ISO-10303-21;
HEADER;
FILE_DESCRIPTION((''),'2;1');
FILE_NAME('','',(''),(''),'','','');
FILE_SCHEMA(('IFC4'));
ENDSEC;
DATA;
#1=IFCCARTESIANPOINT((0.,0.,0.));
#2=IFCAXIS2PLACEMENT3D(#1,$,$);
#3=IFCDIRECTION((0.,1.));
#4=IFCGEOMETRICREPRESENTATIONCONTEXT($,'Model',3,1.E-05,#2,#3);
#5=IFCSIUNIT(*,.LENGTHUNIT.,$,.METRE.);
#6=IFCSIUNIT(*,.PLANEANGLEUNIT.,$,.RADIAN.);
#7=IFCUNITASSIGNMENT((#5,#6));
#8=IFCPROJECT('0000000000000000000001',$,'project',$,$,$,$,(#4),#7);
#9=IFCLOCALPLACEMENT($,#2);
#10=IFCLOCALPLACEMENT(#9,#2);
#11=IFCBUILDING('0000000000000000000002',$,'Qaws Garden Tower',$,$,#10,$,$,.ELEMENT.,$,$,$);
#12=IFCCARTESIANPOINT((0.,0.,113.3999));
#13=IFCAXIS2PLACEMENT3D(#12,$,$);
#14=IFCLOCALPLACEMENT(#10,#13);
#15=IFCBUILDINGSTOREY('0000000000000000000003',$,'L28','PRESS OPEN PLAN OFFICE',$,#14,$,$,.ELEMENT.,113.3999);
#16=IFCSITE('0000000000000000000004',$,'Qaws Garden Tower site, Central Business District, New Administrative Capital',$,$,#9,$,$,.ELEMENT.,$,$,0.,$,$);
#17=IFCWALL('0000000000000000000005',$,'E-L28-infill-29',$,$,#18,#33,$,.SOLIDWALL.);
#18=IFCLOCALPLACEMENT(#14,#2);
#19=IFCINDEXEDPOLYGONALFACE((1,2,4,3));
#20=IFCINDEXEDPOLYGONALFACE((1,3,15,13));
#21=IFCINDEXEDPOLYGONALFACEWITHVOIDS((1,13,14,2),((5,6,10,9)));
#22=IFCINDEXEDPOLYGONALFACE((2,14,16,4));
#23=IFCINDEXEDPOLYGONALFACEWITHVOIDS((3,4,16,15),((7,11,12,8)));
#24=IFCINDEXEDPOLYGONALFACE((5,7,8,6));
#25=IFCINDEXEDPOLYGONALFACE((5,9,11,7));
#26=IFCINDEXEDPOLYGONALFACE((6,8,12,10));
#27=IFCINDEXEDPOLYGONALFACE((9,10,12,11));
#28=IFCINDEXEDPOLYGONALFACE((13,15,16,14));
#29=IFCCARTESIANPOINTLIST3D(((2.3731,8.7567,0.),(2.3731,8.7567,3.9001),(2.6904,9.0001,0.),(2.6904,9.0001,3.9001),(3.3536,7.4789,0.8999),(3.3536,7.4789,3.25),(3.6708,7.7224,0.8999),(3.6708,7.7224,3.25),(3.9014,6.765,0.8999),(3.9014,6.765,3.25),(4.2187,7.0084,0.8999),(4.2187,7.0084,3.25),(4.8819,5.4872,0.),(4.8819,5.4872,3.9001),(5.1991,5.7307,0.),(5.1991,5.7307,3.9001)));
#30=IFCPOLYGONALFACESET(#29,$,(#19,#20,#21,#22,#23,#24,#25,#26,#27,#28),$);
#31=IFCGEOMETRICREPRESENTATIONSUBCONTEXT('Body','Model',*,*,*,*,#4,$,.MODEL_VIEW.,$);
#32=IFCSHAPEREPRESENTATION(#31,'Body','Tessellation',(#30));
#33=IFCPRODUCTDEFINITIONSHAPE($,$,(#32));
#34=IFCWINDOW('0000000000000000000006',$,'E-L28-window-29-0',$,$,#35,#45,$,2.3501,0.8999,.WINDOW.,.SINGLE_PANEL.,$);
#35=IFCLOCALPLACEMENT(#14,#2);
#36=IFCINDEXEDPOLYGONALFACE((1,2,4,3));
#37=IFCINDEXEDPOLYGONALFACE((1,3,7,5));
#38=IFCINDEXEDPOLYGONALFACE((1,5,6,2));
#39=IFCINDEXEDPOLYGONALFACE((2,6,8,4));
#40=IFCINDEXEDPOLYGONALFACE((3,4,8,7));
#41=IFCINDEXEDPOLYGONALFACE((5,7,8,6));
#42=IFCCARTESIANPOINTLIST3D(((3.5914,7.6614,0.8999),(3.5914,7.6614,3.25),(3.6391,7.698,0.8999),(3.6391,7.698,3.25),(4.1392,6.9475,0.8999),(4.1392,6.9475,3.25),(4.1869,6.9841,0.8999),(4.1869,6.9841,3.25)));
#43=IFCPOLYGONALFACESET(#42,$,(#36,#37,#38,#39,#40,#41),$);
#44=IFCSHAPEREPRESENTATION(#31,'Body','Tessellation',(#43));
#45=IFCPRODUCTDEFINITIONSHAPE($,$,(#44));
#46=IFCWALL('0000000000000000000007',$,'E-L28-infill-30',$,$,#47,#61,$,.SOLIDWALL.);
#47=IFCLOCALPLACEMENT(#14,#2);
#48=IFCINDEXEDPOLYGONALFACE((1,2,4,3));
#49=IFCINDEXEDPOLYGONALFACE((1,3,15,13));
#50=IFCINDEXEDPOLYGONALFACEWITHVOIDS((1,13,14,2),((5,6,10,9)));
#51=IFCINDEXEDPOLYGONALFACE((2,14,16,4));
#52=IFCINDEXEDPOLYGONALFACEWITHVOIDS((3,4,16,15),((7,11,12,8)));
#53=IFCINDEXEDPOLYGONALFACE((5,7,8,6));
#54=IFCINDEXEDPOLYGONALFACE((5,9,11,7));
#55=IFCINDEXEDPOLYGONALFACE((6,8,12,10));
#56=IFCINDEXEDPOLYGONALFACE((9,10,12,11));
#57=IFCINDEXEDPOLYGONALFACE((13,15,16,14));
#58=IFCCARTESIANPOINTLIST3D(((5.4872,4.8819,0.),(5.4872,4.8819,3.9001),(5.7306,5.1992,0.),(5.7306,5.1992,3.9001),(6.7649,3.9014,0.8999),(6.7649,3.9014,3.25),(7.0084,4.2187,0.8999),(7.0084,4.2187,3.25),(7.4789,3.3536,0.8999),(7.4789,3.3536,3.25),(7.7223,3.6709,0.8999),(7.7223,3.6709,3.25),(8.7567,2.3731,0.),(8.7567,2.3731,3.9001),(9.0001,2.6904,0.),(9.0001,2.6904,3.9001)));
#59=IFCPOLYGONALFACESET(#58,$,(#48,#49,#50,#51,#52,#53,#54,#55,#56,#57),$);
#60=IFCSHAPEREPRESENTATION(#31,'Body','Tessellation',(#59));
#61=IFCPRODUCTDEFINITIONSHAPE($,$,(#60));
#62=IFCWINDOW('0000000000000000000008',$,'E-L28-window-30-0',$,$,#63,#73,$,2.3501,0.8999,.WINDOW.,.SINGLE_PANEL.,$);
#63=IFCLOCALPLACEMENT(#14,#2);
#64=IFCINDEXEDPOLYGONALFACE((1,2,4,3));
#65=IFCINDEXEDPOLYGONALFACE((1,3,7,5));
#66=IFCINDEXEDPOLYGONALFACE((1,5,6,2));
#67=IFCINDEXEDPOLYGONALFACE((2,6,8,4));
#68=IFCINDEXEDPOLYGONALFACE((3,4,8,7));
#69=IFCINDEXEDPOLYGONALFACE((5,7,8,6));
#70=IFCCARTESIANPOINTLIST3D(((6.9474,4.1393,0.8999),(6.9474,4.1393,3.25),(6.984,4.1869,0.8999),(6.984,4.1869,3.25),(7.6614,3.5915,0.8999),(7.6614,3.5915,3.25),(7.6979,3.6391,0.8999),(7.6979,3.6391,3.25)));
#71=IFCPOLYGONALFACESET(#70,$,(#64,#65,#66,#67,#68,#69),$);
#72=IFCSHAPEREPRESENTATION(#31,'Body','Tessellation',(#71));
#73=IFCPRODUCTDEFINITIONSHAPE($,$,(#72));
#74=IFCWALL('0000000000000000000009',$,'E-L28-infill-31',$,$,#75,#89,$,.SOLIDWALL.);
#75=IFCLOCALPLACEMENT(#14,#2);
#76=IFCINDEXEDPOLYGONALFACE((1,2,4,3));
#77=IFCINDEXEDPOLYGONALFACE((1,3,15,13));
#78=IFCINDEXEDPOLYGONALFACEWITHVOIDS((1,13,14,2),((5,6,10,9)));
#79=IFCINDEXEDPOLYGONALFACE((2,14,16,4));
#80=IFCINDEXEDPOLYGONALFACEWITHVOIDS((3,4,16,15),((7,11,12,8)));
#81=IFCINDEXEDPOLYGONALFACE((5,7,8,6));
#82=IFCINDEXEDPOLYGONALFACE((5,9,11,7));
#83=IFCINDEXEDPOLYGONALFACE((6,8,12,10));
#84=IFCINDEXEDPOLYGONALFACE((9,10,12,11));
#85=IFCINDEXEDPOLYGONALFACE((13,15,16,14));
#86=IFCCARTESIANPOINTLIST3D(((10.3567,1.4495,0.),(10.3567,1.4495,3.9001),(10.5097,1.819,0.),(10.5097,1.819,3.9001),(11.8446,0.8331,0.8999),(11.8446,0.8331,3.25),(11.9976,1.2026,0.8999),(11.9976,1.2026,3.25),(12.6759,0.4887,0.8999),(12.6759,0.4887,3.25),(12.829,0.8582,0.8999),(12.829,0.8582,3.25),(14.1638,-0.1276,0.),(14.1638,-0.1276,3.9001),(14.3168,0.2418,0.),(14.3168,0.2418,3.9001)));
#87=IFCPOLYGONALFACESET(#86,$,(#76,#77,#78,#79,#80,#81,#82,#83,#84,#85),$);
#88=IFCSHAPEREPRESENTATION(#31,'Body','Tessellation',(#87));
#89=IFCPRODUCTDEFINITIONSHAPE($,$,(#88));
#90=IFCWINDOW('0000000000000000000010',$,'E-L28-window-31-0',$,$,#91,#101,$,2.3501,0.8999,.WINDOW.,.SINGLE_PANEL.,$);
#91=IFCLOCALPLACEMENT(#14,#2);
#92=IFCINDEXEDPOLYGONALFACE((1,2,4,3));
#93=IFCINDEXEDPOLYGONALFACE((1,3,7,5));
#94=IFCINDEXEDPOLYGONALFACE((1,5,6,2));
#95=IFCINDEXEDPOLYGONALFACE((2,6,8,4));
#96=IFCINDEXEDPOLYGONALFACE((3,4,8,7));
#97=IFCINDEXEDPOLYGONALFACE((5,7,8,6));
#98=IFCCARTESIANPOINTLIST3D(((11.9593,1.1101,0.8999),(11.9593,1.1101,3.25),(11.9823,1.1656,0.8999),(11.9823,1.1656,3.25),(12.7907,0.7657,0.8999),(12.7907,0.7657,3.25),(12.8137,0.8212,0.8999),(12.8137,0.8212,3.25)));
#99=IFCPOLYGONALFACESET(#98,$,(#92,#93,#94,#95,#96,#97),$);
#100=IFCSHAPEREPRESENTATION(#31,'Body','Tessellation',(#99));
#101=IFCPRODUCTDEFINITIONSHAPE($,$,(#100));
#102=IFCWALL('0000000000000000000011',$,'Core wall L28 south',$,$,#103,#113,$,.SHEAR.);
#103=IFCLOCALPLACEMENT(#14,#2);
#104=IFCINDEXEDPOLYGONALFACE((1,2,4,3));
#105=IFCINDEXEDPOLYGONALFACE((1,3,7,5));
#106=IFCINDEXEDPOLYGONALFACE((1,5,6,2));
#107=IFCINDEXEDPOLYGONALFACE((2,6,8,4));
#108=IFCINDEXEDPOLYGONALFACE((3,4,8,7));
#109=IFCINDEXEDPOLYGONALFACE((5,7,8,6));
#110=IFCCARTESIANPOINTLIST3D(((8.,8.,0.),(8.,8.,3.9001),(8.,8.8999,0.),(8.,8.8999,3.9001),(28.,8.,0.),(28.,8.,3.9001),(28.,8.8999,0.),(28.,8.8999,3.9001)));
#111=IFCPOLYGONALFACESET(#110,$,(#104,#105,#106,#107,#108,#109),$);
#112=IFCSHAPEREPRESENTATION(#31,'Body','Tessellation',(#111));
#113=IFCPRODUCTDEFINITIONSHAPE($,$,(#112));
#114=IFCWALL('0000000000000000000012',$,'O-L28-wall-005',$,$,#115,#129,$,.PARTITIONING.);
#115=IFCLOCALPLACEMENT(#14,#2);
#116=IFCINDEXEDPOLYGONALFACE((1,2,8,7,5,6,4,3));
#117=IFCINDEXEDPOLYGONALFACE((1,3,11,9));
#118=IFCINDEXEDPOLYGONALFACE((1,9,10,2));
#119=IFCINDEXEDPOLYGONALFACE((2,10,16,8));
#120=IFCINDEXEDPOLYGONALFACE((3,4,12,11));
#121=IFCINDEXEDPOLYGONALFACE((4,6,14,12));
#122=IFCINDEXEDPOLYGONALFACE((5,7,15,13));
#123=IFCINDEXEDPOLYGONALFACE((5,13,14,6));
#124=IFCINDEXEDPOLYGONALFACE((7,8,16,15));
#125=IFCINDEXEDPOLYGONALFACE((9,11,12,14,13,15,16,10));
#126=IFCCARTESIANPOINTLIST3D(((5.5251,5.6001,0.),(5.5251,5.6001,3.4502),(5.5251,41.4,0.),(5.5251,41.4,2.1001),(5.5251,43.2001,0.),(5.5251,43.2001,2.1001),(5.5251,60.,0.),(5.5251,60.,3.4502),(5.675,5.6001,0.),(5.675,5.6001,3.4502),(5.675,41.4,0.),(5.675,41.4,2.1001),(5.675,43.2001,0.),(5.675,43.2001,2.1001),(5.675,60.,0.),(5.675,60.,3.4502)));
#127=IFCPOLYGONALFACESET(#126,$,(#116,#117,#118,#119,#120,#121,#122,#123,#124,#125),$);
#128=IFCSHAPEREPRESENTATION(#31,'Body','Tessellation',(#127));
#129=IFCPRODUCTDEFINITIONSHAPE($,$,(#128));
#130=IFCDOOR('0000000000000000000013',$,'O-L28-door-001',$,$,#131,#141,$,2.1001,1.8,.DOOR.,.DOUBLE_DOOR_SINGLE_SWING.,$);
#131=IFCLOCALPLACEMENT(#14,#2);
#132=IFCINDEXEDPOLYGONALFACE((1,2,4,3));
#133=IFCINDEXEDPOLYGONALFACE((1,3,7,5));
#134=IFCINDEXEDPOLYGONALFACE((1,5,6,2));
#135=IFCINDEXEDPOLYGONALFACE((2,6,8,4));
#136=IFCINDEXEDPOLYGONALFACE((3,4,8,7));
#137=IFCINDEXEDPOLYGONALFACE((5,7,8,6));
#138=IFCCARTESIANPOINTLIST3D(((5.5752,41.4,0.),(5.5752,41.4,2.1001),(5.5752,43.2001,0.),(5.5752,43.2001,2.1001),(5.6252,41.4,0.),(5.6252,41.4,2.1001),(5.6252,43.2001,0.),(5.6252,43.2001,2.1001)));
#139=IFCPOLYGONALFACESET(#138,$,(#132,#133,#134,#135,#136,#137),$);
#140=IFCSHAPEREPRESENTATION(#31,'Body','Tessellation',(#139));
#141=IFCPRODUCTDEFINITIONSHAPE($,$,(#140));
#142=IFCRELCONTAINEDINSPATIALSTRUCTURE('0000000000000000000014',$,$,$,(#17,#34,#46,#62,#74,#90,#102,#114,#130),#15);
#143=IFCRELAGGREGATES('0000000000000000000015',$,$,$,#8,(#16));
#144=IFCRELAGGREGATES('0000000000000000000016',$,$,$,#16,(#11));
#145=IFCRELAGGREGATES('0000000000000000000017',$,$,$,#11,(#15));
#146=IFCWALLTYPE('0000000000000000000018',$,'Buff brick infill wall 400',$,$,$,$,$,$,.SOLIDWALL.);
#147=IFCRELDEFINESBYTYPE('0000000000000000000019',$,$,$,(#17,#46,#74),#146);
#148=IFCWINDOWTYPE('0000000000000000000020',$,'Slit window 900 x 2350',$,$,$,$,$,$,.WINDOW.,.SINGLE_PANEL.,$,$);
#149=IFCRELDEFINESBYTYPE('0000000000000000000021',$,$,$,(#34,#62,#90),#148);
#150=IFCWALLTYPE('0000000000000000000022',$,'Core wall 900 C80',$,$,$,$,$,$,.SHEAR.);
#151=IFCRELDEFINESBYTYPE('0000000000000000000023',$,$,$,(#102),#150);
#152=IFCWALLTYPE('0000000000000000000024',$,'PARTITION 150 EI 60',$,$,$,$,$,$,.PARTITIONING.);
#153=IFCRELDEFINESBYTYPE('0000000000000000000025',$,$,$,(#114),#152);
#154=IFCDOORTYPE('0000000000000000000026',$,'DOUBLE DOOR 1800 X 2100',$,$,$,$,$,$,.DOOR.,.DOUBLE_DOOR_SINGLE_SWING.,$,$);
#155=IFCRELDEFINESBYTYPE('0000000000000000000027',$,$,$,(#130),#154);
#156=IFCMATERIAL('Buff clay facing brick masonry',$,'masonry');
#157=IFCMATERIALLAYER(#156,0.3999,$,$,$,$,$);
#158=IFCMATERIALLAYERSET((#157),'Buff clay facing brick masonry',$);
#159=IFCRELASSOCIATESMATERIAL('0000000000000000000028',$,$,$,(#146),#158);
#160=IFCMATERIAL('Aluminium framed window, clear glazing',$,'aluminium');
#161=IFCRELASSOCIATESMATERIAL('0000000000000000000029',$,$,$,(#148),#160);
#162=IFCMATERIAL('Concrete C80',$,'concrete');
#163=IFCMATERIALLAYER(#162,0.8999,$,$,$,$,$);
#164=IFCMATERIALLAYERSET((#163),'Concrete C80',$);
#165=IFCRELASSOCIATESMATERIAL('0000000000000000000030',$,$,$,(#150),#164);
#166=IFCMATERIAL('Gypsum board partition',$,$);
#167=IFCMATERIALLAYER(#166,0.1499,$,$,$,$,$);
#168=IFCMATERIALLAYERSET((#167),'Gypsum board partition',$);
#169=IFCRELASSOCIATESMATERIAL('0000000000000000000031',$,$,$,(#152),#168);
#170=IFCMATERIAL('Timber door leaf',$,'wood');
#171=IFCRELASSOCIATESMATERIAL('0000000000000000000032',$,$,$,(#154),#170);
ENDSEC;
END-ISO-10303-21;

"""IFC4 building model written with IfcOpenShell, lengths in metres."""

from ifc_helpers import new_model, si_unit, direction, frame, frame_2d, origin, place, context, subcontext, project, spatial, rectangle, extrude, material, layer, layer_set, type_object, element, fill, save


model = new_model("IFC4")

# Units and contexts
model_context = context("Model", 3, precision=1e-05, world=origin(), true_north=direction((0.0, 1.0)))
body_context = subcontext(model_context, "Body", "Model", "MODEL_VIEW")
ifc_project = project(units=[si_unit("LENGTHUNIT", "METRE"), si_unit("PLANEANGLEUNIT", "RADIAN")], contexts=[model_context])

# Site, building, storey
site_placement = place(None, origin())
site = spatial("IfcSite", under=ifc_project, at=site_placement, Name="Qaws Garden Tower site, Central Business District, New Administrative Capital", CompositionType="ELEMENT", RefElevation=0.0)
building_placement = place(site_placement, origin())
building = spatial("IfcBuilding", under=site, at=building_placement, Name="Qaws Garden Tower", CompositionType="ELEMENT")
storey_placement = place(building_placement, frame((0.0, 0.0, 113.3999)))
storey = spatial("IfcBuildingStorey", under=building, at=storey_placement, Name="L28", Description="PRESS OPEN PLAN OFFICE", CompositionType="ELEMENT", Elevation=113.3999)

# Walls, openings, windows
ifc_material_1 = material(Name="Buff clay facing brick masonry", Category="masonry")
ifc_layer_1 = layer(ifc_material_1, 0.3999)
ifc_layer_set_1 = layer_set([ifc_layer_1], Name="Buff clay facing brick masonry")
wall_type_1 = type_object("IfcWallType", Name="Buff brick infill wall 400", PredefinedType="SOLIDWALL", material=ifc_layer_set_1)
wall_1_placement = place(storey_placement, frame((2.5317, 8.8784, 0.0), z_axis=(0.0, 0.0, 1.0), x_axis=(0.60876, -0.793355, 0.0)))
wall_1 = element("IfcWall", 1, at=wall_1_placement, inside=storey, type_object=wall_type_1, Name="E-L28-infill-29", PredefinedType="SOLIDWALL", context=body_context, shape_type="SweptSolid", body=[
    extrude(rectangle(XDim=4.1211, YDim=0.3999, at=frame_2d((2.0605, 0.0))), origin(), (0.0, 0.0, 1.0), 3.9001),
])
opening_1_placement = place(wall_1_placement, frame((1.6106, 0.0, 0.8999)))
opening_1 = element("IfcOpeningElement", 2, at=opening_1_placement, cuts=wall_1, PredefinedType="OPENING", context=body_context, shape_type="SweptSolid", body=[
    extrude(rectangle(XDim=0.8999, YDim=2.3501, at=frame_2d((0.45, 1.175))), frame((0.0, 0.21, 0.0), z_axis=(0.0, -1.0, 0.0), x_axis=(1.0, 0.0, 0.0)), (0.0, 0.0, 1.0), 0.4199),
])
ifc_material_2 = material(Name="Aluminium framed window, clear glazing", Category="aluminium")
window_type = type_object("IfcWindowType", Name="Slit window 900 x 2350", PartitioningType="SINGLE_PANEL", PredefinedType="WINDOW", material=ifc_material_2)
window_1_placement = place(opening_1_placement, origin())
window_1 = element("IfcWindow", 3, at=window_1_placement, inside=storey, type_object=window_type, Name="E-L28-window-29-0", OverallHeight=2.3501, OverallWidth=0.8999, PartitioningType="SINGLE_PANEL", PredefinedType="WINDOW", context=body_context, shape_type="SweptSolid", body=[
    extrude(rectangle(XDim=0.8999, YDim=2.3501, at=frame_2d((0.45, 1.175))), frame((0.0, 0.1599, 0.0), z_axis=(0.0, -1.0, 0.0), x_axis=(1.0, 0.0, 0.0)), (0.0, 0.0, 1.0), 0.0601),
])
fill(opening_1, window_1)
wall_2_placement = place(storey_placement, frame((5.6089, 5.0405, 0.0), z_axis=(0.0, 0.0, 1.0), x_axis=(0.793355, -0.60876, 0.0)))
wall_2 = element("IfcWall", 4, at=wall_2_placement, inside=storey, type_object=wall_type_1, Name="E-L28-infill-30", PredefinedType="SOLIDWALL", context=body_context, shape_type="SweptSolid", body=[
    extrude(rectangle(XDim=4.1211, YDim=0.3999, at=frame_2d((2.0605, 0.0))), origin(), (0.0, 0.0, 1.0), 3.9001),
])
opening_2_placement = place(wall_2_placement, frame((1.6106, 0.0, 0.8999)))
opening_2 = element("IfcOpeningElement", 5, at=opening_2_placement, cuts=wall_2, PredefinedType="OPENING", context=body_context, shape_type="SweptSolid", body=[
    extrude(rectangle(XDim=0.8999, YDim=2.3501, at=frame_2d((0.45, 1.175))), frame((0.0, 0.21, 0.0), z_axis=(0.0, -1.0, 0.0), x_axis=(1.0, 0.0, 0.0)), (0.0, 0.0, 1.0), 0.4199),
])
window_2_placement = place(opening_2_placement, origin())
window_2 = element("IfcWindow", 6, at=window_2_placement, inside=storey, type_object=window_type, Name="E-L28-window-30-0", OverallHeight=2.3501, OverallWidth=0.8999, PartitioningType="SINGLE_PANEL", PredefinedType="WINDOW", context=body_context, shape_type="SweptSolid", body=[
    extrude(rectangle(XDim=0.8999, YDim=2.3501, at=frame_2d((0.45, 1.175))), frame((0.0, 0.1599, 0.0), z_axis=(0.0, -1.0, 0.0), x_axis=(1.0, 0.0, 0.0)), (0.0, 0.0, 1.0), 0.0601),
])
fill(opening_2, window_2)
wall_3_placement = place(storey_placement, frame((10.4331, 1.6343, 0.0), z_axis=(0.0, 0.0, 1.0), x_axis=(0.923864, -0.382722, 0.0)))
wall_3 = element("IfcWall", 7, at=wall_3_placement, inside=storey, type_object=wall_type_1, Name="E-L28-infill-31", PredefinedType="SOLIDWALL", context=body_context, shape_type="SweptSolid", body=[
    extrude(rectangle(XDim=4.1208, YDim=0.3999, at=frame_2d((2.0605, 0.0))), origin(), (0.0, 0.0, 1.0), 3.9001),
])
opening_3_placement = place(wall_3_placement, frame((1.6106, 0.0, 0.8999)))
opening_3 = element("IfcOpeningElement", 8, at=opening_3_placement, cuts=wall_3, PredefinedType="OPENING", context=body_context, shape_type="SweptSolid", body=[
    extrude(rectangle(XDim=0.8999, YDim=2.3501, at=frame_2d((0.45, 1.175))), frame((0.0, 0.21, 0.0), z_axis=(0.0, -1.0, 0.0), x_axis=(1.0, 0.0, 0.0)), (0.0, 0.0, 1.0), 0.4199),
])
window_3_placement = place(opening_3_placement, origin())
window_3 = element("IfcWindow", 9, at=window_3_placement, inside=storey, type_object=window_type, Name="E-L28-window-31-0", OverallHeight=2.3501, OverallWidth=0.8999, PartitioningType="SINGLE_PANEL", PredefinedType="WINDOW", context=body_context, shape_type="SweptSolid", body=[
    extrude(rectangle(XDim=0.8999, YDim=2.3501, at=frame_2d((0.45, 1.175))), frame((0.0, 0.1599, 0.0), z_axis=(0.0, -1.0, 0.0), x_axis=(1.0, 0.0, 0.0)), (0.0, 0.0, 1.0), 0.0601),
])
fill(opening_3, window_3)

# Wall
ifc_material_3 = material(Name="Concrete C80", Category="concrete")
ifc_layer_2 = layer(ifc_material_3, 0.8999)
ifc_layer_set_2 = layer_set([ifc_layer_2], Name="Concrete C80")
wall_type_2 = type_object("IfcWallType", Name="Core wall 900 C80", PredefinedType="SHEAR", material=ifc_layer_set_2)
wall_4_placement = place(storey_placement, frame((8.0, 8.45, 0.0), z_axis=(0.0, 0.0, 1.0), x_axis=(1.0, 0.0, 0.0)))
element("IfcWall", 10, at=wall_4_placement, inside=storey, type_object=wall_type_2, Name="Core wall L28 south", PredefinedType="SHEAR", context=body_context, shape_type="SweptSolid", body=[
    extrude(rectangle(XDim=20.0, YDim=0.8999, at=frame_2d((10.0, 0.0))), origin(), (0.0, 0.0, 1.0), 3.9001),
])

# Wall, opening, door
ifc_material_4 = material(Name="Gypsum board partition")
ifc_layer_3 = layer(ifc_material_4, 0.1499)
ifc_layer_set_3 = layer_set([ifc_layer_3], Name="Gypsum board partition")
wall_type_3 = type_object("IfcWallType", Name="PARTITION 150 EI 60", PredefinedType="PARTITIONING", material=ifc_layer_set_3)
wall_5_placement = place(storey_placement, frame((5.6001, 5.6001, 0.0), z_axis=(0.0, 0.0, 1.0), x_axis=(0.0, 1.0, 0.0)))
wall_5 = element("IfcWall", 11, at=wall_5_placement, inside=storey, type_object=wall_type_3, Name="O-L28-wall-005", PredefinedType="PARTITIONING", context=body_context, shape_type="SweptSolid", body=[
    extrude(rectangle(XDim=54.3999, YDim=0.1499, at=frame_2d((27.2, 0.0))), origin(), (0.0, 0.0, 1.0), 3.4502),
])
opening_4_placement = place(wall_5_placement, frame((35.8, 0.0, 0.0)))
opening_4 = element("IfcOpeningElement", 12, at=opening_4_placement, cuts=wall_5, PredefinedType="OPENING", context=body_context, shape_type="SweptSolid", body=[
    extrude(rectangle(XDim=1.8, YDim=2.1001, at=frame_2d((0.8999, 1.05))), frame((0.0, 0.085, 0.0), z_axis=(0.0, -1.0, 0.0), x_axis=(1.0, 0.0, 0.0)), (0.0, 0.0, 1.0), 0.1699),
])
ifc_material_5 = material(Name="Timber door leaf", Category="wood")
door_type_1 = type_object("IfcDoorType", Name="DOUBLE DOOR 1800 X 2100", OperationType="DOUBLE_DOOR_SINGLE_SWING", PredefinedType="DOOR", material=ifc_material_5)
door_1_placement = place(opening_4_placement, origin())
door_1 = element("IfcDoor", 13, at=door_1_placement, inside=storey, type_object=door_type_1, Name="O-L28-door-001", OperationType="DOUBLE_DOOR_SINGLE_SWING", OverallHeight=2.1001, OverallWidth=1.8, PredefinedType="DOOR", context=body_context, shape_type="SweptSolid", body=[
    extrude(rectangle(XDim=1.8, YDim=2.1001, at=frame_2d((0.8999, 1.05))), frame((0.0, 0.0249, 0.0), z_axis=(0.0, -1.0, 0.0), x_axis=(1.0, 0.0, 0.0)), (0.0, 0.0, 1.0), 0.05),
])
fill(opening_4, door_1)

save(model, "model.ifc")
